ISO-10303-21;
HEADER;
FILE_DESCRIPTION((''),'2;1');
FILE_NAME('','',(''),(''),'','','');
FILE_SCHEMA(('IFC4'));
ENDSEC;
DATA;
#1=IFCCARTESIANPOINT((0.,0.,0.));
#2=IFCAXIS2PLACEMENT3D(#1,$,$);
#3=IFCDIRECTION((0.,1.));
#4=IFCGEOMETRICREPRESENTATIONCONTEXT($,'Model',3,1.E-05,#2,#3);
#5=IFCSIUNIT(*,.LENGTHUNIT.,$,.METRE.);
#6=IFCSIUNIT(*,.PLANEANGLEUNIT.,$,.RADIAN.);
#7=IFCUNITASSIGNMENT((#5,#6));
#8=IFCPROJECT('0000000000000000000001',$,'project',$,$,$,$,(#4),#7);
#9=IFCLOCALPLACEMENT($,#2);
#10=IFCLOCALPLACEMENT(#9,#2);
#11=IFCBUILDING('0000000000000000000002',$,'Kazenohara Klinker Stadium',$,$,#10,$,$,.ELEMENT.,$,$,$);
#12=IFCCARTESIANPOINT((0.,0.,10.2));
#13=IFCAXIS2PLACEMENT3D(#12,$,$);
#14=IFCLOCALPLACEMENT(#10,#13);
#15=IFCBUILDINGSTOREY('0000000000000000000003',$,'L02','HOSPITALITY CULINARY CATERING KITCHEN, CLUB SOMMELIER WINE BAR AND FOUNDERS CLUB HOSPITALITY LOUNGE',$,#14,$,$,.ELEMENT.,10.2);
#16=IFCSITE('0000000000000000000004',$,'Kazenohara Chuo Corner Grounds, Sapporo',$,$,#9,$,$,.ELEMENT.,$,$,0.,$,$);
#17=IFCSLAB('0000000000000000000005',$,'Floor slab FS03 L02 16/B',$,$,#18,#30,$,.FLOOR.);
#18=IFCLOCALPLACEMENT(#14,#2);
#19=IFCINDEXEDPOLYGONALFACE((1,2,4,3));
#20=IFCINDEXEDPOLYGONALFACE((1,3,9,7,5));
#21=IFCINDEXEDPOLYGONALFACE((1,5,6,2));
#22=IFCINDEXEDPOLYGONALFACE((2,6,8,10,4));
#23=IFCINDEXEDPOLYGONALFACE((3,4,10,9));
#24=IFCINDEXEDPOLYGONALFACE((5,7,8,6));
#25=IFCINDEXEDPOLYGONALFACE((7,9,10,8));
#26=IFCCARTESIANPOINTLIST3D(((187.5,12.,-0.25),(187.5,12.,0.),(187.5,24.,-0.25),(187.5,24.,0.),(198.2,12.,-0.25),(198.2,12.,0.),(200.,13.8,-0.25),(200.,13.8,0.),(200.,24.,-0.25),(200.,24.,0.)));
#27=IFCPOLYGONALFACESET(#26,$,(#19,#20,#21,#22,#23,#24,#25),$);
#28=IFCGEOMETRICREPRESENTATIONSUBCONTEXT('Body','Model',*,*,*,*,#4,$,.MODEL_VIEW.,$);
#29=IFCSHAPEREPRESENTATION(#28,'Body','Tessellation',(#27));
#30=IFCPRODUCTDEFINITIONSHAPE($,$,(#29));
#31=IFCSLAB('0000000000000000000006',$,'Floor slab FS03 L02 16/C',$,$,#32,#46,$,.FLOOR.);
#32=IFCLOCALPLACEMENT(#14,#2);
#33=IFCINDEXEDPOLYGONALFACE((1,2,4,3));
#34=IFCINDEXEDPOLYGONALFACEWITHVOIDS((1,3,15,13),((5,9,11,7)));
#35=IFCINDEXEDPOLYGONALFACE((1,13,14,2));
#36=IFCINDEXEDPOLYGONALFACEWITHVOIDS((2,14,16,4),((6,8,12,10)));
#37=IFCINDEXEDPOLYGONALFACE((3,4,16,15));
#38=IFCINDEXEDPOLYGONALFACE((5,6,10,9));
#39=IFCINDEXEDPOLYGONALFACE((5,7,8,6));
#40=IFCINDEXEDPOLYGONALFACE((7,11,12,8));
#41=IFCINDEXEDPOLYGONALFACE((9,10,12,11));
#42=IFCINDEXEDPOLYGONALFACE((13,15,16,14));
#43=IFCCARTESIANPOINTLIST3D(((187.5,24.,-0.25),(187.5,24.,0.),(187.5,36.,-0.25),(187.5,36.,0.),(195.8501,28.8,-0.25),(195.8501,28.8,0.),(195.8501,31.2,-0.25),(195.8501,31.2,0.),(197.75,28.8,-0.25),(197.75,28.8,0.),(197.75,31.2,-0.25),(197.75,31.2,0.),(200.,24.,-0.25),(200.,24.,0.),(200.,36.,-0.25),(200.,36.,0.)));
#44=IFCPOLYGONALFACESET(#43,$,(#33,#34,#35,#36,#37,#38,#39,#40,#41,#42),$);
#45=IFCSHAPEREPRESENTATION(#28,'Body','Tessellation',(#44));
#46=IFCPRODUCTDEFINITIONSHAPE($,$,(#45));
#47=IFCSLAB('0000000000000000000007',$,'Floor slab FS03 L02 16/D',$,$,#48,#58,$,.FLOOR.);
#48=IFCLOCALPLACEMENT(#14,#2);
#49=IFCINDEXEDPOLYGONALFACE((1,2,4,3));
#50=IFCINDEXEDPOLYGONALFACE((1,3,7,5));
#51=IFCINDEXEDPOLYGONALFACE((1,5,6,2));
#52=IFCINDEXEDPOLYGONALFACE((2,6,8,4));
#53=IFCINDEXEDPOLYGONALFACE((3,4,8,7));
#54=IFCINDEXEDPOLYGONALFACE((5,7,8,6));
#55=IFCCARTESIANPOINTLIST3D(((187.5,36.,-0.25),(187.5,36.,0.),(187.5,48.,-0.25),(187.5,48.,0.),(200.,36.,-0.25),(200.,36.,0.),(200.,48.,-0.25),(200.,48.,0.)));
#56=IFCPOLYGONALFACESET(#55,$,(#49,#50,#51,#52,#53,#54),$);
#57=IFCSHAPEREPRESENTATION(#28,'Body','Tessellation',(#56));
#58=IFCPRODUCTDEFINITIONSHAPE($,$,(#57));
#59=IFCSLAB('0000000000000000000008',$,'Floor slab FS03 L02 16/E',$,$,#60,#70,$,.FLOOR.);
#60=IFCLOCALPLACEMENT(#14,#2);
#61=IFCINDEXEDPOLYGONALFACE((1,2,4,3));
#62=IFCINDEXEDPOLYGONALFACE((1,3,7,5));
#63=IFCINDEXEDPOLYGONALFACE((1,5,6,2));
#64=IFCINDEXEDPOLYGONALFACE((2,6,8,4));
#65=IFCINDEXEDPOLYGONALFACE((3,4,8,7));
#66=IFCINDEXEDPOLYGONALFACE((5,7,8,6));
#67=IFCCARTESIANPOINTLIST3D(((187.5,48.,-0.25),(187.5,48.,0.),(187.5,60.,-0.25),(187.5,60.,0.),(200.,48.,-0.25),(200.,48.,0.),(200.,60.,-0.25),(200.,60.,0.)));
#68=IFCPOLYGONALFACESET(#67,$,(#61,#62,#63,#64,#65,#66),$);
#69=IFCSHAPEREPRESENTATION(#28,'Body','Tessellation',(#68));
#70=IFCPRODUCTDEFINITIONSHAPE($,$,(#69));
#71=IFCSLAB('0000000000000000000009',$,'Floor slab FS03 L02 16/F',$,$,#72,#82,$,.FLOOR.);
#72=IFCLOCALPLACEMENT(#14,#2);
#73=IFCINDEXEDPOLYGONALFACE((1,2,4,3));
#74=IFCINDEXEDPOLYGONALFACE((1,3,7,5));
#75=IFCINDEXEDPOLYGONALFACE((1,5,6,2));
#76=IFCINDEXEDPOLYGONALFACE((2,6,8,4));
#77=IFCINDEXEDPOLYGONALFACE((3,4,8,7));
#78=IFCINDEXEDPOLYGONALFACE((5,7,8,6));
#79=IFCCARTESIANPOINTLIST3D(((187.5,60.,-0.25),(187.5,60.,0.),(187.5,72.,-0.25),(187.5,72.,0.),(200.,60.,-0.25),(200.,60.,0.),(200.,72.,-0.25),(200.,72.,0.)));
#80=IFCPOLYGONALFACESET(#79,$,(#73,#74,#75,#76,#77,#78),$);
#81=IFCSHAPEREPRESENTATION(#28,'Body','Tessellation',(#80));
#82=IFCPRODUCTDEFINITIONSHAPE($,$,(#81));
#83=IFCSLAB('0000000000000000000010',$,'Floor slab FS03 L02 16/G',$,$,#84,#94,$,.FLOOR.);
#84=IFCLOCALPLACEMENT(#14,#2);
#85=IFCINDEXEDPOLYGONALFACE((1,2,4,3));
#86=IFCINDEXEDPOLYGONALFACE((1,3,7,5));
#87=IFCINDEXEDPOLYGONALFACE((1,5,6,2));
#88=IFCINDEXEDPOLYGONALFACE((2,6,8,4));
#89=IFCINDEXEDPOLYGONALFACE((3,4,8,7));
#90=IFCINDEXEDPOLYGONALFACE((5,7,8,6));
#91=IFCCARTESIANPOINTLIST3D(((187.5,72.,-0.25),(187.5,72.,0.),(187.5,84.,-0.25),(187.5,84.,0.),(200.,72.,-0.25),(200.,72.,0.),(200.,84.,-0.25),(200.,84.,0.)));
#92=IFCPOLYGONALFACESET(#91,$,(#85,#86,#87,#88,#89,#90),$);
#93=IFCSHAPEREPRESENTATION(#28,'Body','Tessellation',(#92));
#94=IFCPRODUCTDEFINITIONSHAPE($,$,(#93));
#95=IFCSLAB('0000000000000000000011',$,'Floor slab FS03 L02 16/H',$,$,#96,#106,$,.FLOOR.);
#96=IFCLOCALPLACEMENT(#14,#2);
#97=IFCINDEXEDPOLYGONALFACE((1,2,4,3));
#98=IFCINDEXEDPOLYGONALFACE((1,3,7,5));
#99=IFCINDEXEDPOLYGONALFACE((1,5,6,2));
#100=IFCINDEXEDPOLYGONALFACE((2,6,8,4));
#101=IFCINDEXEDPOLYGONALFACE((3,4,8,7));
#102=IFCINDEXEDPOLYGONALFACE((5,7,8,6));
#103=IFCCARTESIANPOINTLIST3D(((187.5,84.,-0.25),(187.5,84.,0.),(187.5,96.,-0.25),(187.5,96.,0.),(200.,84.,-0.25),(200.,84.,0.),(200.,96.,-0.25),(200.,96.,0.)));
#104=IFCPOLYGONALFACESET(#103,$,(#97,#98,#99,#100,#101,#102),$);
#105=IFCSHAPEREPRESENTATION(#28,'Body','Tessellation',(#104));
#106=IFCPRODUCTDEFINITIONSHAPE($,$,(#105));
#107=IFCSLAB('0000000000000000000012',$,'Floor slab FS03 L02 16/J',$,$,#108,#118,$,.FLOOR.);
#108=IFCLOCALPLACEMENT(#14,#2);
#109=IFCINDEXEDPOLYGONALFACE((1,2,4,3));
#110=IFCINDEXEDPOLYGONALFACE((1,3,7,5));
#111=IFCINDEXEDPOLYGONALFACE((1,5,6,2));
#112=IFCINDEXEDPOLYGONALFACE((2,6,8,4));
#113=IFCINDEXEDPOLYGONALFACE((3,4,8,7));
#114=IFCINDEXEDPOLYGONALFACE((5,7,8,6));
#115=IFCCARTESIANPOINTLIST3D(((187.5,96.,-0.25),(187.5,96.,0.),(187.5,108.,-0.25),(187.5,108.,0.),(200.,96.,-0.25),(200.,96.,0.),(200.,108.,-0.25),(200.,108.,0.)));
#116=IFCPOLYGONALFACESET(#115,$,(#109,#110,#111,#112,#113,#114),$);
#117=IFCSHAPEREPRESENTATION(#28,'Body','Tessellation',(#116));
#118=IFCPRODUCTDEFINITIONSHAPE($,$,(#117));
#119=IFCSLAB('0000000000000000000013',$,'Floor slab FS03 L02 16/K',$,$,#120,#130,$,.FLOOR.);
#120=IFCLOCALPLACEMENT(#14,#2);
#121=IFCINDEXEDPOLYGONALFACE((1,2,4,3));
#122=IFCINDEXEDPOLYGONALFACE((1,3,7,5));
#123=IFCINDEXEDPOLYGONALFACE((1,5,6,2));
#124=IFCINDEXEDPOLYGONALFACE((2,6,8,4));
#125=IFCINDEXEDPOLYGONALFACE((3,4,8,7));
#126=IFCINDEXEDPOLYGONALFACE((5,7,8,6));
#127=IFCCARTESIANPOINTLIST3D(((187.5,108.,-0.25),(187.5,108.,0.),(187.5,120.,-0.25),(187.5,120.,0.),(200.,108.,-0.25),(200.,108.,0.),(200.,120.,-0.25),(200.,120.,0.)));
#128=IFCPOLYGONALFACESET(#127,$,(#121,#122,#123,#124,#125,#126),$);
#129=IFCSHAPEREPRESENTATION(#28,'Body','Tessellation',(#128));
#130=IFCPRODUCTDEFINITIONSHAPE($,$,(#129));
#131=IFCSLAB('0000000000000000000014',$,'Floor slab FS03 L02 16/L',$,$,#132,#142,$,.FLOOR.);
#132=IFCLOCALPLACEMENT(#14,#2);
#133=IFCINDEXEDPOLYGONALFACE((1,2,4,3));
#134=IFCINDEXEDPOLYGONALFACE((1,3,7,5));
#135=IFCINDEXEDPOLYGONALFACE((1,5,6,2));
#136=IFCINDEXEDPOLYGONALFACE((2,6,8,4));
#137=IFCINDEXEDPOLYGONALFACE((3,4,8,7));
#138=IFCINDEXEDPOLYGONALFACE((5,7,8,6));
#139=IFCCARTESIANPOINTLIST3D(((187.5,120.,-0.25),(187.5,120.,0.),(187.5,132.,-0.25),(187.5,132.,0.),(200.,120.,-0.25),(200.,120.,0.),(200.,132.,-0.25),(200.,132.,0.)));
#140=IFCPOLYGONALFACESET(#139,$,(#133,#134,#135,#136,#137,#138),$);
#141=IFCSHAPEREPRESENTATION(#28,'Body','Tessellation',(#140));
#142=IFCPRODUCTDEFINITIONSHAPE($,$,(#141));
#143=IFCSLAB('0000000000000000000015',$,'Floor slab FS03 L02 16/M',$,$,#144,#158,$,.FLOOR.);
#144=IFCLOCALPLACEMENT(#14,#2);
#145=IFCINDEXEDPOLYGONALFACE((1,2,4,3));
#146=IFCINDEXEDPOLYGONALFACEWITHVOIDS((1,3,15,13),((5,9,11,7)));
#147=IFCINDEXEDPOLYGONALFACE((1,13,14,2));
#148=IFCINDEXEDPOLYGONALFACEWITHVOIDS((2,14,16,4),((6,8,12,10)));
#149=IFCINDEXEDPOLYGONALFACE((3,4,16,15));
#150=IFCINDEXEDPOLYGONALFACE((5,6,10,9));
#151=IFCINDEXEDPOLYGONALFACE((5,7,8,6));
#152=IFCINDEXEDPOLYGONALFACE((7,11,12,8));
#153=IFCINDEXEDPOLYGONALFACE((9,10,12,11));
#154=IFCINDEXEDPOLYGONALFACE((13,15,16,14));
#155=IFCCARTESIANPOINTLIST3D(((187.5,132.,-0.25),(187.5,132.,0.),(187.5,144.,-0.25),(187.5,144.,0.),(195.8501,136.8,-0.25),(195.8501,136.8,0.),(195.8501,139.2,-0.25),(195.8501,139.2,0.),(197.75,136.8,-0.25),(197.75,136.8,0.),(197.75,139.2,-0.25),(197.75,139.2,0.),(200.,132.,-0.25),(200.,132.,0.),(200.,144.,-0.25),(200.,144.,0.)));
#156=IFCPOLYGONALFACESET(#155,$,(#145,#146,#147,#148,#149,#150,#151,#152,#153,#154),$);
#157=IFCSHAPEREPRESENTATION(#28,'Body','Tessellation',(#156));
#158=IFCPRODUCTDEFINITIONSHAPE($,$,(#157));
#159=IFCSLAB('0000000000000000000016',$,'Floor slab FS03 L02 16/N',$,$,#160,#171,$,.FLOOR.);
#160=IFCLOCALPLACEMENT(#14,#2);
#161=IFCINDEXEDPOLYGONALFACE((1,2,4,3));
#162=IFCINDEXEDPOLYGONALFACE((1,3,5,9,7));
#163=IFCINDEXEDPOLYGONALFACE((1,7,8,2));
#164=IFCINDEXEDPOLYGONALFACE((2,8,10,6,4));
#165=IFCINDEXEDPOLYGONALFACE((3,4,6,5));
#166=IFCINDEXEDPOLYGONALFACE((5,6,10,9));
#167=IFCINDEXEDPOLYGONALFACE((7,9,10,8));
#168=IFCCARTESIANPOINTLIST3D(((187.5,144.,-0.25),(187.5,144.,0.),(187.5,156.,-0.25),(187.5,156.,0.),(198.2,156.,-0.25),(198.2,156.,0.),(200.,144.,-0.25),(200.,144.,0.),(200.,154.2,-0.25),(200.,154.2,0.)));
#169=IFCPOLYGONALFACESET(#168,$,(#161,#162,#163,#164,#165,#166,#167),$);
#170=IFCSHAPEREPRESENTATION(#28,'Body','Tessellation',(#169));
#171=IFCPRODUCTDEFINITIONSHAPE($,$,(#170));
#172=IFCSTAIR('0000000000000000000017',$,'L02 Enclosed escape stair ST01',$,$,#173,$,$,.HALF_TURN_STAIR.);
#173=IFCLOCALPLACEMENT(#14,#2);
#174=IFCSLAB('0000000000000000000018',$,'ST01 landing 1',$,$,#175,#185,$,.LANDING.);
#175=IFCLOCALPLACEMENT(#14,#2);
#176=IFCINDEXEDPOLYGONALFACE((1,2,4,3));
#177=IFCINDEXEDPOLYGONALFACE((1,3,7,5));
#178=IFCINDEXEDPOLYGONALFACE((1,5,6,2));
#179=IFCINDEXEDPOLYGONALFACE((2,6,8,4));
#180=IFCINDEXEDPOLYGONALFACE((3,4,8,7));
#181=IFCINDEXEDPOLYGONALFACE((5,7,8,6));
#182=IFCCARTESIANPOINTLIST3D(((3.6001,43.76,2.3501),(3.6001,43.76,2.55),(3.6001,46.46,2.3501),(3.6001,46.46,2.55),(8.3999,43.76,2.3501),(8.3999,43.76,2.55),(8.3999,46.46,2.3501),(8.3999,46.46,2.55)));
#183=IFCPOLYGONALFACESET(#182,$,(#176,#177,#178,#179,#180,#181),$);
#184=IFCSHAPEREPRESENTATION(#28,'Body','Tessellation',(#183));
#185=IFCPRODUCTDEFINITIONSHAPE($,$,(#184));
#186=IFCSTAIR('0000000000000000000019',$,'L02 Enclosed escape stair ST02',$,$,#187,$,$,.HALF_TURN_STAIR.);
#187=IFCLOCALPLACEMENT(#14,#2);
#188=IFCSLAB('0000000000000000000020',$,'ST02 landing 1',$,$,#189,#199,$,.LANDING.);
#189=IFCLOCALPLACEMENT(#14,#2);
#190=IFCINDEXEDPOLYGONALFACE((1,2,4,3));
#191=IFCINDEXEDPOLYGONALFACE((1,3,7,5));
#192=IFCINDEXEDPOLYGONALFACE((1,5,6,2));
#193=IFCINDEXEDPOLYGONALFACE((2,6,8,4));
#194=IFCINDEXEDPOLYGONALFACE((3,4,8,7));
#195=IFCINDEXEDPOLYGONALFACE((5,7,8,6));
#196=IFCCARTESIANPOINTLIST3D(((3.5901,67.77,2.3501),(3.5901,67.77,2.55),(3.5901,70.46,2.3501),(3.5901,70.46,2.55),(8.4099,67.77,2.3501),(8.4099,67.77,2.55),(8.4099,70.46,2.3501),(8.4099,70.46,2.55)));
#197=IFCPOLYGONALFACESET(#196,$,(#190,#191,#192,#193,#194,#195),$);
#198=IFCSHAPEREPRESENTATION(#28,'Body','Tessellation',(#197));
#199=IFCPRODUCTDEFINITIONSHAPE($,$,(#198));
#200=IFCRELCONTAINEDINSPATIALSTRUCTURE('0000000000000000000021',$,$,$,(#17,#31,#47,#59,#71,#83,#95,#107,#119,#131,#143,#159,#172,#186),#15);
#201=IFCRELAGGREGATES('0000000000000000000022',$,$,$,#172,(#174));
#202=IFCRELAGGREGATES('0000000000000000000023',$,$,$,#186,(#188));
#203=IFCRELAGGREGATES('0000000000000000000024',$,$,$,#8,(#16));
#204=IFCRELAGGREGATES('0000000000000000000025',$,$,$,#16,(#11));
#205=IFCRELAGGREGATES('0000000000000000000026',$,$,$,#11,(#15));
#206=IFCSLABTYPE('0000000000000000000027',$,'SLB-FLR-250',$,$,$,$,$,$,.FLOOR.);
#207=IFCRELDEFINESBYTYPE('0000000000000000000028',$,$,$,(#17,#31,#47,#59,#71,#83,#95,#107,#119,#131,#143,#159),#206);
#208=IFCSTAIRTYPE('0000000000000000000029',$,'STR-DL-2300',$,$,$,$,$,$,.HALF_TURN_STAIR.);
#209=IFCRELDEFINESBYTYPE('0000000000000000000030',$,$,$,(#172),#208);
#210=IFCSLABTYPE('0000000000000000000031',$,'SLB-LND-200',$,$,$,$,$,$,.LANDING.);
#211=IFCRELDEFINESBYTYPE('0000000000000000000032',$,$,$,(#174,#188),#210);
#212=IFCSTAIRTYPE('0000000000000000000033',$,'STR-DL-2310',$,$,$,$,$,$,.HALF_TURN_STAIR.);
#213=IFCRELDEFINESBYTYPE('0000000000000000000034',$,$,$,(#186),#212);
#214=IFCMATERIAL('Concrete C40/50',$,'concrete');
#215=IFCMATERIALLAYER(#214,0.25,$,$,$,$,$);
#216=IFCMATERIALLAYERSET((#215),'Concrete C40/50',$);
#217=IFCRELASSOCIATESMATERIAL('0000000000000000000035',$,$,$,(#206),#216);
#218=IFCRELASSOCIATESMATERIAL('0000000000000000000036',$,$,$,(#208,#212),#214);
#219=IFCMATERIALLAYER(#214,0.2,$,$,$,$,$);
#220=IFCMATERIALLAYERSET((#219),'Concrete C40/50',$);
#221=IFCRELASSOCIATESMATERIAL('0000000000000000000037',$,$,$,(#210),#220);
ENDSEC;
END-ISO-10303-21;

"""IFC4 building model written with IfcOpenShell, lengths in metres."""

from ifc_helpers import new_model, si_unit, direction, frame, origin, place, context, subcontext, project, spatial, polyline, outline, extrude, material, layer, layer_set, type_object, element, aggregate, save


model = new_model("IFC4")

# Units and contexts
model_context = context("Model", 3, precision=1e-05, world=origin(), true_north=direction((0.0, 1.0)))
body_context = subcontext(model_context, "Body", "Model", "MODEL_VIEW")
ifc_project = project(units=[si_unit("LENGTHUNIT", "METRE"), si_unit("PLANEANGLEUNIT", "RADIAN")], contexts=[model_context])

# Site, building, storey
site_placement = place(None, origin())
site = spatial("IfcSite", under=ifc_project, at=site_placement, Name="Kazenohara Chuo Corner Grounds, Sapporo", CompositionType="ELEMENT", RefElevation=0.0)
building_placement = place(site_placement, origin())
building = spatial("IfcBuilding", under=site, at=building_placement, Name="Kazenohara Klinker Stadium", CompositionType="ELEMENT")
storey_placement = place(building_placement, frame((0.0, 0.0, 10.2)))
storey = spatial("IfcBuildingStorey", under=building, at=storey_placement, Name="L02", Description="HOSPITALITY CULINARY CATERING KITCHEN, CLUB SOMMELIER WINE BAR AND FOUNDERS CLUB HOSPITALITY LOUNGE", CompositionType="ELEMENT", Elevation=10.2)

# Slabs
ifc_material = material(Name="Concrete C40/50", Category="concrete")
ifc_layer_1 = layer(ifc_material, 0.25)
ifc_layer_set_1 = layer_set([ifc_layer_1], Name="Concrete C40/50")
slab_type_1 = type_object("IfcSlabType", Name="SLB-FLR-250", PredefinedType="FLOOR", material=ifc_layer_set_1)
slab_1_placement = place(storey_placement, frame((0.0, 0.0, -0.25)))
element("IfcSlab", 1, at=slab_1_placement, inside=storey, type_object=slab_type_1, Name="Floor slab FS03 L02 16/B", PredefinedType="FLOOR", context=body_context, shape_type="SweptSolid", body=[
    extrude(outline(polyline([(187.5, 12.0), (198.2, 12.0), (200.0, 13.8), (200.0, 24.0), (187.5, 24.0), (187.5, 12.0)])), origin(), (0.0, 0.0, 1.0), 0.25),
])
slab_2_placement = place(storey_placement, frame((0.0, 0.0, -0.25)))
element("IfcSlab", 2, at=slab_2_placement, inside=storey, type_object=slab_type_1, Name="Floor slab FS03 L02 16/C", PredefinedType="FLOOR", context=body_context, shape_type="SweptSolid", body=[
    extrude(outline(polyline([(187.5, 24.0), (200.0, 24.0), (200.0, 36.0), (187.5, 36.0), (187.5, 24.0)]), holes=[polyline([(195.8501, 28.8), (197.75, 28.8), (197.75, 31.2), (195.8501, 31.2), (195.8501, 28.8)])]), origin(), (0.0, 0.0, 1.0), 0.25),
])
slab_3_placement = place(storey_placement, frame((0.0, 0.0, -0.25)))
element("IfcSlab", 3, at=slab_3_placement, inside=storey, type_object=slab_type_1, Name="Floor slab FS03 L02 16/D", PredefinedType="FLOOR", context=body_context, shape_type="SweptSolid", body=[
    extrude(outline(polyline([(187.5, 36.0), (200.0, 36.0), (200.0, 48.0), (187.5, 48.0), (187.5, 36.0)])), origin(), (0.0, 0.0, 1.0), 0.25),
])
slab_4_placement = place(storey_placement, frame((0.0, 0.0, -0.25)))
element("IfcSlab", 4, at=slab_4_placement, inside=storey, type_object=slab_type_1, Name="Floor slab FS03 L02 16/E", PredefinedType="FLOOR", context=body_context, shape_type="SweptSolid", body=[
    extrude(outline(polyline([(187.5, 48.0), (200.0, 48.0), (200.0, 60.0), (187.5, 60.0), (187.5, 48.0)])), origin(), (0.0, 0.0, 1.0), 0.25),
])
slab_5_placement = place(storey_placement, frame((0.0, 0.0, -0.25)))
element("IfcSlab", 5, at=slab_5_placement, inside=storey, type_object=slab_type_1, Name="Floor slab FS03 L02 16/F", PredefinedType="FLOOR", context=body_context, shape_type="SweptSolid", body=[
    extrude(outline(polyline([(187.5, 60.0), (200.0, 60.0), (200.0, 72.0), (187.5, 72.0), (187.5, 60.0)])), origin(), (0.0, 0.0, 1.0), 0.25),
])
slab_6_placement = place(storey_placement, frame((0.0, 0.0, -0.25)))
element("IfcSlab", 6, at=slab_6_placement, inside=storey, type_object=slab_type_1, Name="Floor slab FS03 L02 16/G", PredefinedType="FLOOR", context=body_context, shape_type="SweptSolid", body=[
    extrude(outline(polyline([(187.5, 72.0), (200.0, 72.0), (200.0, 84.0), (187.5, 84.0), (187.5, 72.0)])), origin(), (0.0, 0.0, 1.0), 0.25),
])
slab_7_placement = place(storey_placement, frame((0.0, 0.0, -0.25)))
element("IfcSlab", 7, at=slab_7_placement, inside=storey, type_object=slab_type_1, Name="Floor slab FS03 L02 16/H", PredefinedType="FLOOR", context=body_context, shape_type="SweptSolid", body=[
    extrude(outline(polyline([(187.5, 84.0), (200.0, 84.0), (200.0, 96.0), (187.5, 96.0), (187.5, 84.0)])), origin(), (0.0, 0.0, 1.0), 0.25),
])
slab_8_placement = place(storey_placement, frame((0.0, 0.0, -0.25)))
element("IfcSlab", 8, at=slab_8_placement, inside=storey, type_object=slab_type_1, Name="Floor slab FS03 L02 16/J", PredefinedType="FLOOR", context=body_context, shape_type="SweptSolid", body=[
    extrude(outline(polyline([(187.5, 96.0), (200.0, 96.0), (200.0, 108.0), (187.5, 108.0), (187.5, 96.0)])), origin(), (0.0, 0.0, 1.0), 0.25),
])
slab_9_placement = place(storey_placement, frame((0.0, 0.0, -0.25)))
element("IfcSlab", 9, at=slab_9_placement, inside=storey, type_object=slab_type_1, Name="Floor slab FS03 L02 16/K", PredefinedType="FLOOR", context=body_context, shape_type="SweptSolid", body=[
    extrude(outline(polyline([(187.5, 108.0), (200.0, 108.0), (200.0, 120.0), (187.5, 120.0), (187.5, 108.0)])), origin(), (0.0, 0.0, 1.0), 0.25),
])
slab_10_placement = place(storey_placement, frame((0.0, 0.0, -0.25)))
element("IfcSlab", 10, at=slab_10_placement, inside=storey, type_object=slab_type_1, Name="Floor slab FS03 L02 16/L", PredefinedType="FLOOR", context=body_context, shape_type="SweptSolid", body=[
    extrude(outline(polyline([(187.5, 120.0), (200.0, 120.0), (200.0, 132.0), (187.5, 132.0), (187.5, 120.0)])), origin(), (0.0, 0.0, 1.0), 0.25),
])
slab_11_placement = place(storey_placement, frame((0.0, 0.0, -0.25)))
element("IfcSlab", 11, at=slab_11_placement, inside=storey, type_object=slab_type_1, Name="Floor slab FS03 L02 16/M", PredefinedType="FLOOR", context=body_context, shape_type="SweptSolid", body=[
    extrude(outline(polyline([(187.5, 132.0), (200.0, 132.0), (200.0, 144.0), (187.5, 144.0), (187.5, 132.0)]), holes=[polyline([(195.8501, 136.8), (197.75, 136.8), (197.75, 139.2), (195.8501, 139.2), (195.8501, 136.8)])]), origin(), (0.0, 0.0, 1.0), 0.25),
])
slab_12_placement = place(storey_placement, frame((0.0, 0.0, -0.25)))
element("IfcSlab", 12, at=slab_12_placement, inside=storey, type_object=slab_type_1, Name="Floor slab FS03 L02 16/N", PredefinedType="FLOOR", context=body_context, shape_type="SweptSolid", body=[
    extrude(outline(polyline([(187.5, 144.0), (200.0, 144.0), (200.0, 154.2), (198.2, 156.0), (187.5, 156.0), (187.5, 144.0)])), origin(), (0.0, 0.0, 1.0), 0.25),
])

# Stairs, slabs
stair_type_1 = type_object("IfcStairType", Name="STR-DL-2300", PredefinedType="HALF_TURN_STAIR", material=ifc_material)
stair_1_placement = place(storey_placement, origin())
stair_1 = element("IfcStair", 13, at=stair_1_placement, inside=storey, type_object=stair_type_1, Name="L02 Enclosed escape stair ST01", PredefinedType="HALF_TURN_STAIR")
ifc_layer_2 = layer(ifc_material, 0.2)
ifc_layer_set_2 = layer_set([ifc_layer_2], Name="Concrete C40/50")
slab_type_2 = type_object("IfcSlabType", Name="SLB-LND-200", PredefinedType="LANDING", material=ifc_layer_set_2)
slab_13_placement = place(storey_placement, frame((0.0, 0.0, 2.3501)))
slab_13 = element("IfcSlab", 14, at=slab_13_placement, type_object=slab_type_2, Name="ST01 landing 1", PredefinedType="LANDING", context=body_context, shape_type="SweptSolid", body=[
    extrude(outline(polyline([(8.3999, 43.76), (8.3999, 46.46), (3.6001, 46.46), (3.6001, 43.76), (8.3999, 43.76)])), origin(), (0.0, 0.0, 1.0), 0.2),
])
aggregate(stair_1, [slab_13])
stair_type_2 = type_object("IfcStairType", Name="STR-DL-2310", PredefinedType="HALF_TURN_STAIR", material=ifc_material)
stair_2_placement = place(storey_placement, origin())
stair_2 = element("IfcStair", 15, at=stair_2_placement, inside=storey, type_object=stair_type_2, Name="L02 Enclosed escape stair ST02", PredefinedType="HALF_TURN_STAIR")
slab_14_placement = place(storey_placement, frame((0.0, 0.0, 2.3501)))
slab_14 = element("IfcSlab", 16, at=slab_14_placement, type_object=slab_type_2, Name="ST02 landing 1", PredefinedType="LANDING", context=body_context, shape_type="SweptSolid", body=[
    extrude(outline(polyline([(8.4099, 67.77), (8.4099, 70.46), (3.5901, 70.46), (3.5901, 67.77), (8.4099, 67.77)])), origin(), (0.0, 0.0, 1.0), 0.2),
])
aggregate(stair_2, [slab_14])

save(model, "model.ifc")
